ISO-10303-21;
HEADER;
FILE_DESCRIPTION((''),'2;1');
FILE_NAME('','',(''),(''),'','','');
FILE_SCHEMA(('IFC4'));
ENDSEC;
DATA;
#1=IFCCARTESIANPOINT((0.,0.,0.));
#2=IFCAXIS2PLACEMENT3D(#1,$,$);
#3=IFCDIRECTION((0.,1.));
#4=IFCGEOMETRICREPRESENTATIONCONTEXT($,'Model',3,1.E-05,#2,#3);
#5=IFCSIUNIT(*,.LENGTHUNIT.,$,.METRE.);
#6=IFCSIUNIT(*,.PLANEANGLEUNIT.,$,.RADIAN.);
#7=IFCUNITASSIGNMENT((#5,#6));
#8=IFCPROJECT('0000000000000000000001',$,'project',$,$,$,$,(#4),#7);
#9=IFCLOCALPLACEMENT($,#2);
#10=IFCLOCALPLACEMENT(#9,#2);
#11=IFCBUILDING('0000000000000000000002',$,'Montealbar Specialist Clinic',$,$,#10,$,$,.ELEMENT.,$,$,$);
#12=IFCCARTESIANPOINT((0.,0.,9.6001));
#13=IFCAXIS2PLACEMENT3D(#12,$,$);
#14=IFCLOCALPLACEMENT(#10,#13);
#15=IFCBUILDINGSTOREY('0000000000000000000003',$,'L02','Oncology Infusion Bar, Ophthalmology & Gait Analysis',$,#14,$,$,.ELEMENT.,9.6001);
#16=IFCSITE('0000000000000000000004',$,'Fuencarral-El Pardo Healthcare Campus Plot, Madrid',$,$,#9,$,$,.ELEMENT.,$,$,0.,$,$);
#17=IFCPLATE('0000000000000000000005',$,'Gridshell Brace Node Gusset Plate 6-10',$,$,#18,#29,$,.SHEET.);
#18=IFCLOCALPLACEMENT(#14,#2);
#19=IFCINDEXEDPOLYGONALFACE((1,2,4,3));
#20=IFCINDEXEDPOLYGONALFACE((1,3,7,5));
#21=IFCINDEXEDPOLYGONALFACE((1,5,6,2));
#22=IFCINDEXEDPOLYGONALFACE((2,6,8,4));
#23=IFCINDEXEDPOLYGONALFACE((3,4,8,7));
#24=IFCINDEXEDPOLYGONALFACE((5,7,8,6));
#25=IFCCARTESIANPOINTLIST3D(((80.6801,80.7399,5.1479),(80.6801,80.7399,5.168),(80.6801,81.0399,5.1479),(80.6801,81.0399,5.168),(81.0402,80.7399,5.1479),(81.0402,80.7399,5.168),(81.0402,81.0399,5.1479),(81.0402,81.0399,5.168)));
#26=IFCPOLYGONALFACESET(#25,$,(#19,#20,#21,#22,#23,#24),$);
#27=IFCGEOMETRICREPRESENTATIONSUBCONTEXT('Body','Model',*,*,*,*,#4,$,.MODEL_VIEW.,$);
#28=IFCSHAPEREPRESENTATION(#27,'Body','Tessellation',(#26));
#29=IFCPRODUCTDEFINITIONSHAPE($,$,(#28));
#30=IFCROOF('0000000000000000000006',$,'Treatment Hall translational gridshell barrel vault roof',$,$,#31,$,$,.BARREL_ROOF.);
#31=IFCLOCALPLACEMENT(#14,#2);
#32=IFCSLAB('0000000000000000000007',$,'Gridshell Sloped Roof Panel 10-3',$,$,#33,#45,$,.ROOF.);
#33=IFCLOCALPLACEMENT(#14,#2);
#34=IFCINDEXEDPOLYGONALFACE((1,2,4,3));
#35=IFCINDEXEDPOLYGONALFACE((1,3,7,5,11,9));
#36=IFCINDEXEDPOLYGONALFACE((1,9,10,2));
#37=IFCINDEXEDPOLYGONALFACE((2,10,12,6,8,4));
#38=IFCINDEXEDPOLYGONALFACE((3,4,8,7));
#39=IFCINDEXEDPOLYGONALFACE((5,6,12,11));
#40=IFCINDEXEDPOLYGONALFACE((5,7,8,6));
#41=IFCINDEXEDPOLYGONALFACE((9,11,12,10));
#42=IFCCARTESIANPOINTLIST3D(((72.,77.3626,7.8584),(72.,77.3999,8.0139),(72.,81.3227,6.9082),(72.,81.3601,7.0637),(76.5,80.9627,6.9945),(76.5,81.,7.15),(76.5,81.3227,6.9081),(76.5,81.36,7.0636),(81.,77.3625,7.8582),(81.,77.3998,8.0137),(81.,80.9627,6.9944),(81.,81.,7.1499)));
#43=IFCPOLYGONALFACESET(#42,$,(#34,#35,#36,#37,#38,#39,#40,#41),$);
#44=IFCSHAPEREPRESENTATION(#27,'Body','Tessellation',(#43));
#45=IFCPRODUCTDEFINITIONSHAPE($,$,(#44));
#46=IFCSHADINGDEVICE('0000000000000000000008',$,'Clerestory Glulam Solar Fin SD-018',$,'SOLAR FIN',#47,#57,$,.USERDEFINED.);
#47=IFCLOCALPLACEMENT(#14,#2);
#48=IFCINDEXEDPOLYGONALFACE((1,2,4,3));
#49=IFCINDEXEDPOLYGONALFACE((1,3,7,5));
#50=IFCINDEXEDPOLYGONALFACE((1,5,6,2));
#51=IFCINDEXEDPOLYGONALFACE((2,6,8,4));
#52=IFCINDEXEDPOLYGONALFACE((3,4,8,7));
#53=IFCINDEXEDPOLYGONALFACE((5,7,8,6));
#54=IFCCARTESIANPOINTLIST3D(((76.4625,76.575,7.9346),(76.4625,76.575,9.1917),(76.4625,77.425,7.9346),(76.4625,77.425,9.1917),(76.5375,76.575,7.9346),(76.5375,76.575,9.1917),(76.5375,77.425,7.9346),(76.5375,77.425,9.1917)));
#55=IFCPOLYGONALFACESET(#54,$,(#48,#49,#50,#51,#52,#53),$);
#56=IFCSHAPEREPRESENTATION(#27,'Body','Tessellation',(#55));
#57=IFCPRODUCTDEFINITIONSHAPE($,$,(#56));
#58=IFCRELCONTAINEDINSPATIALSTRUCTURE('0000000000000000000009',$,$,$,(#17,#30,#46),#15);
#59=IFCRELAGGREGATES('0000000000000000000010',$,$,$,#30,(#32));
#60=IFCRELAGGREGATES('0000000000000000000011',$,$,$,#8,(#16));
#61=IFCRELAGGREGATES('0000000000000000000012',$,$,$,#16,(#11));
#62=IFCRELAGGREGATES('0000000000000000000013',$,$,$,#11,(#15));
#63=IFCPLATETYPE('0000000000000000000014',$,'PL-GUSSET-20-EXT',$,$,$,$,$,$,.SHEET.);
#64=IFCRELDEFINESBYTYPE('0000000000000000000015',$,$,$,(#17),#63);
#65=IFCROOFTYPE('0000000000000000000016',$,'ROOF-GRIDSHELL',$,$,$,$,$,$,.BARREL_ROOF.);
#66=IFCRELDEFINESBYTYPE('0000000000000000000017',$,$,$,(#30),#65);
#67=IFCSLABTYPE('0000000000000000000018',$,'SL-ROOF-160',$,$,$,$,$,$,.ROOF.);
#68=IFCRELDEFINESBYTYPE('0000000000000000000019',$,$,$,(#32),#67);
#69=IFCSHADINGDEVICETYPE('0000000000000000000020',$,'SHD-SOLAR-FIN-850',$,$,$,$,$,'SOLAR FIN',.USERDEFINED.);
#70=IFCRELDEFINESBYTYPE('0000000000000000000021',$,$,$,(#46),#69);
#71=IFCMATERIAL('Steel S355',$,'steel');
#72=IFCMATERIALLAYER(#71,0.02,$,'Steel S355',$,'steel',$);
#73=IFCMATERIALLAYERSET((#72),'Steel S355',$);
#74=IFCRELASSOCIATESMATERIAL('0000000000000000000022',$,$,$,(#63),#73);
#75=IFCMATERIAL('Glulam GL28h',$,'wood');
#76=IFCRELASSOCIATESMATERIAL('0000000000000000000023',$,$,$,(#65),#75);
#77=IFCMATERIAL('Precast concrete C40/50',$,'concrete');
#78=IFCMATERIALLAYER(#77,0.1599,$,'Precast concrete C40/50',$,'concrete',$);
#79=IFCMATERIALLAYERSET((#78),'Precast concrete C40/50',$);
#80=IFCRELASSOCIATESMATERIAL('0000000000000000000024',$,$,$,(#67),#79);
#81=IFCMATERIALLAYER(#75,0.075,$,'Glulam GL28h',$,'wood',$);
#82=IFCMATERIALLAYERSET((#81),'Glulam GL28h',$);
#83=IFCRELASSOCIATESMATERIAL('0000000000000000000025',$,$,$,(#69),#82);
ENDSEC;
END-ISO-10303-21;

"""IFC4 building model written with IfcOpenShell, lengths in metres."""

from ifc_helpers import new_model, si_unit, direction, frame, origin, origin_2d, place, context, subcontext, project, spatial, polyline, rectangle, outline, extrude, material, layer, layer_set, type_object, element, aggregate, save


model = new_model("IFC4")

# Units and contexts
model_context = context("Model", 3, precision=1e-05, world=origin(), true_north=direction((0.0, 1.0)))
body_context = subcontext(model_context, "Body", "Model", "MODEL_VIEW")
ifc_project = project(units=[si_unit("LENGTHUNIT", "METRE"), si_unit("PLANEANGLEUNIT", "RADIAN")], contexts=[model_context])

# Site, building, storey
site_placement = place(None, origin())
site = spatial("IfcSite", under=ifc_project, at=site_placement, Name="Fuencarral-El Pardo Healthcare Campus Plot, Madrid", CompositionType="ELEMENT", RefElevation=0.0)
building_placement = place(site_placement, origin())
building = spatial("IfcBuilding", under=site, at=building_placement, Name="Montealbar Specialist Clinic", CompositionType="ELEMENT")
storey_placement = place(building_placement, frame((0.0, 0.0, 9.6001)))
storey = spatial("IfcBuildingStorey", under=building, at=storey_placement, Name="L02", Description="Oncology Infusion Bar, Ophthalmology & Gait Analysis", CompositionType="ELEMENT", Elevation=9.6001)

# Shared definitions
ifc_material_1 = material(Name="Steel S355", Category="steel")
ifc_material_2 = material(Name="Glulam GL28h", Category="wood")

# Plate
ifc_layer_1 = layer(ifc_material_1, 0.02, Name="Steel S355", Category="steel")
ifc_layer_set_1 = layer_set([ifc_layer_1], Name="Steel S355")
plate_type_1 = type_object("IfcPlateType", Name="PL-GUSSET-20-EXT", PredefinedType="SHEET", material=ifc_layer_set_1)
for number, where, z_axis, x_axis, name in (
    (1, (80.8601, 80.8899, 5.1479), (0.0, 0.0, 1.0), (1.0, 0.0, 0.0), "Gridshell Brace Node Gusset Plate 6-10"),
):
    element("IfcPlate", number, at=place(storey_placement, frame(where, z_axis=z_axis, x_axis=x_axis)), inside=storey, type_object=plate_type_1, Name=name, PredefinedType="SHEET", context=body_context, shape_type="SweptSolid", body=[
        extrude(rectangle(XDim=0.3601, YDim=0.3, at=origin_2d()), origin(), (0.0, 0.0, 1.0), 0.02),
    ])

# Roof, slab
roof_type = type_object("IfcRoofType", Name="ROOF-GRIDSHELL", PredefinedType="BARREL_ROOF", material=ifc_material_2)
roof_placement = place(storey_placement, origin())
roof = element("IfcRoof", 2, at=roof_placement, inside=storey, type_object=roof_type, Name="Treatment Hall translational gridshell barrel vault roof", PredefinedType="BARREL_ROOF")
ifc_material_3 = material(Name="Precast concrete C40/50", Category="concrete")
ifc_layer_2 = layer(ifc_material_3, 0.1599, Name="Precast concrete C40/50", Category="concrete")
ifc_layer_set_2 = layer_set([ifc_layer_2], Name="Precast concrete C40/50")
slab_type = type_object("IfcSlabType", Name="SL-ROOF-160", PredefinedType="ROOF", material=ifc_layer_set_2)
slab_placement = place(storey_placement, frame((72.0, 77.3999, 8.0139), z_axis=(0.000025, 0.233311, 0.972402), x_axis=(1.0, -0.000006, -0.000024)))
slab = element("IfcSlab", 3, at=slab_placement, type_object=slab_type, Name="Gridshell Sloped Roof Panel 10-3", PredefinedType="ROOF", context=body_context, shape_type="SweptSolid", body=[
    extrude(outline(polyline([(0.0, 0.0), (9.0, 0.0), (9.0, 3.7023), (4.5, 3.7023), (4.5, 4.0725), (0.0, 4.0725), (0.0, 0.0)])), origin(), (0.0, 0.0, -1.0), 0.1599),
])
aggregate(roof, [slab])

# Shading device
ifc_layer_3 = layer(ifc_material_2, 0.075, Name="Glulam GL28h", Category="wood")
ifc_layer_set_3 = layer_set([ifc_layer_3], Name="Glulam GL28h")
shading_device_type = type_object("IfcShadingDeviceType", Name="SHD-SOLAR-FIN-850", ElementType="SOLAR FIN", PredefinedType="USERDEFINED", material=ifc_layer_set_3)
shading_device_placement = place(storey_placement, frame((76.5, 77.0, 7.9346), z_axis=(0.0, 0.0, 1.0), x_axis=(0.0, -1.0, 0.0)))
element("IfcShadingDevice", 4, at=shading_device_placement, inside=storey, type_object=shading_device_type, Name="Clerestory Glulam Solar Fin SD-018", ObjectType="SOLAR FIN", PredefinedType="USERDEFINED", context=body_context, shape_type="SweptSolid", body=[
    extrude(rectangle(XDim=0.8501, YDim=0.075, at=origin_2d()), origin(), (0.0, 0.0, 1.0), 1.2571),
])

save(model, "model.ifc")
